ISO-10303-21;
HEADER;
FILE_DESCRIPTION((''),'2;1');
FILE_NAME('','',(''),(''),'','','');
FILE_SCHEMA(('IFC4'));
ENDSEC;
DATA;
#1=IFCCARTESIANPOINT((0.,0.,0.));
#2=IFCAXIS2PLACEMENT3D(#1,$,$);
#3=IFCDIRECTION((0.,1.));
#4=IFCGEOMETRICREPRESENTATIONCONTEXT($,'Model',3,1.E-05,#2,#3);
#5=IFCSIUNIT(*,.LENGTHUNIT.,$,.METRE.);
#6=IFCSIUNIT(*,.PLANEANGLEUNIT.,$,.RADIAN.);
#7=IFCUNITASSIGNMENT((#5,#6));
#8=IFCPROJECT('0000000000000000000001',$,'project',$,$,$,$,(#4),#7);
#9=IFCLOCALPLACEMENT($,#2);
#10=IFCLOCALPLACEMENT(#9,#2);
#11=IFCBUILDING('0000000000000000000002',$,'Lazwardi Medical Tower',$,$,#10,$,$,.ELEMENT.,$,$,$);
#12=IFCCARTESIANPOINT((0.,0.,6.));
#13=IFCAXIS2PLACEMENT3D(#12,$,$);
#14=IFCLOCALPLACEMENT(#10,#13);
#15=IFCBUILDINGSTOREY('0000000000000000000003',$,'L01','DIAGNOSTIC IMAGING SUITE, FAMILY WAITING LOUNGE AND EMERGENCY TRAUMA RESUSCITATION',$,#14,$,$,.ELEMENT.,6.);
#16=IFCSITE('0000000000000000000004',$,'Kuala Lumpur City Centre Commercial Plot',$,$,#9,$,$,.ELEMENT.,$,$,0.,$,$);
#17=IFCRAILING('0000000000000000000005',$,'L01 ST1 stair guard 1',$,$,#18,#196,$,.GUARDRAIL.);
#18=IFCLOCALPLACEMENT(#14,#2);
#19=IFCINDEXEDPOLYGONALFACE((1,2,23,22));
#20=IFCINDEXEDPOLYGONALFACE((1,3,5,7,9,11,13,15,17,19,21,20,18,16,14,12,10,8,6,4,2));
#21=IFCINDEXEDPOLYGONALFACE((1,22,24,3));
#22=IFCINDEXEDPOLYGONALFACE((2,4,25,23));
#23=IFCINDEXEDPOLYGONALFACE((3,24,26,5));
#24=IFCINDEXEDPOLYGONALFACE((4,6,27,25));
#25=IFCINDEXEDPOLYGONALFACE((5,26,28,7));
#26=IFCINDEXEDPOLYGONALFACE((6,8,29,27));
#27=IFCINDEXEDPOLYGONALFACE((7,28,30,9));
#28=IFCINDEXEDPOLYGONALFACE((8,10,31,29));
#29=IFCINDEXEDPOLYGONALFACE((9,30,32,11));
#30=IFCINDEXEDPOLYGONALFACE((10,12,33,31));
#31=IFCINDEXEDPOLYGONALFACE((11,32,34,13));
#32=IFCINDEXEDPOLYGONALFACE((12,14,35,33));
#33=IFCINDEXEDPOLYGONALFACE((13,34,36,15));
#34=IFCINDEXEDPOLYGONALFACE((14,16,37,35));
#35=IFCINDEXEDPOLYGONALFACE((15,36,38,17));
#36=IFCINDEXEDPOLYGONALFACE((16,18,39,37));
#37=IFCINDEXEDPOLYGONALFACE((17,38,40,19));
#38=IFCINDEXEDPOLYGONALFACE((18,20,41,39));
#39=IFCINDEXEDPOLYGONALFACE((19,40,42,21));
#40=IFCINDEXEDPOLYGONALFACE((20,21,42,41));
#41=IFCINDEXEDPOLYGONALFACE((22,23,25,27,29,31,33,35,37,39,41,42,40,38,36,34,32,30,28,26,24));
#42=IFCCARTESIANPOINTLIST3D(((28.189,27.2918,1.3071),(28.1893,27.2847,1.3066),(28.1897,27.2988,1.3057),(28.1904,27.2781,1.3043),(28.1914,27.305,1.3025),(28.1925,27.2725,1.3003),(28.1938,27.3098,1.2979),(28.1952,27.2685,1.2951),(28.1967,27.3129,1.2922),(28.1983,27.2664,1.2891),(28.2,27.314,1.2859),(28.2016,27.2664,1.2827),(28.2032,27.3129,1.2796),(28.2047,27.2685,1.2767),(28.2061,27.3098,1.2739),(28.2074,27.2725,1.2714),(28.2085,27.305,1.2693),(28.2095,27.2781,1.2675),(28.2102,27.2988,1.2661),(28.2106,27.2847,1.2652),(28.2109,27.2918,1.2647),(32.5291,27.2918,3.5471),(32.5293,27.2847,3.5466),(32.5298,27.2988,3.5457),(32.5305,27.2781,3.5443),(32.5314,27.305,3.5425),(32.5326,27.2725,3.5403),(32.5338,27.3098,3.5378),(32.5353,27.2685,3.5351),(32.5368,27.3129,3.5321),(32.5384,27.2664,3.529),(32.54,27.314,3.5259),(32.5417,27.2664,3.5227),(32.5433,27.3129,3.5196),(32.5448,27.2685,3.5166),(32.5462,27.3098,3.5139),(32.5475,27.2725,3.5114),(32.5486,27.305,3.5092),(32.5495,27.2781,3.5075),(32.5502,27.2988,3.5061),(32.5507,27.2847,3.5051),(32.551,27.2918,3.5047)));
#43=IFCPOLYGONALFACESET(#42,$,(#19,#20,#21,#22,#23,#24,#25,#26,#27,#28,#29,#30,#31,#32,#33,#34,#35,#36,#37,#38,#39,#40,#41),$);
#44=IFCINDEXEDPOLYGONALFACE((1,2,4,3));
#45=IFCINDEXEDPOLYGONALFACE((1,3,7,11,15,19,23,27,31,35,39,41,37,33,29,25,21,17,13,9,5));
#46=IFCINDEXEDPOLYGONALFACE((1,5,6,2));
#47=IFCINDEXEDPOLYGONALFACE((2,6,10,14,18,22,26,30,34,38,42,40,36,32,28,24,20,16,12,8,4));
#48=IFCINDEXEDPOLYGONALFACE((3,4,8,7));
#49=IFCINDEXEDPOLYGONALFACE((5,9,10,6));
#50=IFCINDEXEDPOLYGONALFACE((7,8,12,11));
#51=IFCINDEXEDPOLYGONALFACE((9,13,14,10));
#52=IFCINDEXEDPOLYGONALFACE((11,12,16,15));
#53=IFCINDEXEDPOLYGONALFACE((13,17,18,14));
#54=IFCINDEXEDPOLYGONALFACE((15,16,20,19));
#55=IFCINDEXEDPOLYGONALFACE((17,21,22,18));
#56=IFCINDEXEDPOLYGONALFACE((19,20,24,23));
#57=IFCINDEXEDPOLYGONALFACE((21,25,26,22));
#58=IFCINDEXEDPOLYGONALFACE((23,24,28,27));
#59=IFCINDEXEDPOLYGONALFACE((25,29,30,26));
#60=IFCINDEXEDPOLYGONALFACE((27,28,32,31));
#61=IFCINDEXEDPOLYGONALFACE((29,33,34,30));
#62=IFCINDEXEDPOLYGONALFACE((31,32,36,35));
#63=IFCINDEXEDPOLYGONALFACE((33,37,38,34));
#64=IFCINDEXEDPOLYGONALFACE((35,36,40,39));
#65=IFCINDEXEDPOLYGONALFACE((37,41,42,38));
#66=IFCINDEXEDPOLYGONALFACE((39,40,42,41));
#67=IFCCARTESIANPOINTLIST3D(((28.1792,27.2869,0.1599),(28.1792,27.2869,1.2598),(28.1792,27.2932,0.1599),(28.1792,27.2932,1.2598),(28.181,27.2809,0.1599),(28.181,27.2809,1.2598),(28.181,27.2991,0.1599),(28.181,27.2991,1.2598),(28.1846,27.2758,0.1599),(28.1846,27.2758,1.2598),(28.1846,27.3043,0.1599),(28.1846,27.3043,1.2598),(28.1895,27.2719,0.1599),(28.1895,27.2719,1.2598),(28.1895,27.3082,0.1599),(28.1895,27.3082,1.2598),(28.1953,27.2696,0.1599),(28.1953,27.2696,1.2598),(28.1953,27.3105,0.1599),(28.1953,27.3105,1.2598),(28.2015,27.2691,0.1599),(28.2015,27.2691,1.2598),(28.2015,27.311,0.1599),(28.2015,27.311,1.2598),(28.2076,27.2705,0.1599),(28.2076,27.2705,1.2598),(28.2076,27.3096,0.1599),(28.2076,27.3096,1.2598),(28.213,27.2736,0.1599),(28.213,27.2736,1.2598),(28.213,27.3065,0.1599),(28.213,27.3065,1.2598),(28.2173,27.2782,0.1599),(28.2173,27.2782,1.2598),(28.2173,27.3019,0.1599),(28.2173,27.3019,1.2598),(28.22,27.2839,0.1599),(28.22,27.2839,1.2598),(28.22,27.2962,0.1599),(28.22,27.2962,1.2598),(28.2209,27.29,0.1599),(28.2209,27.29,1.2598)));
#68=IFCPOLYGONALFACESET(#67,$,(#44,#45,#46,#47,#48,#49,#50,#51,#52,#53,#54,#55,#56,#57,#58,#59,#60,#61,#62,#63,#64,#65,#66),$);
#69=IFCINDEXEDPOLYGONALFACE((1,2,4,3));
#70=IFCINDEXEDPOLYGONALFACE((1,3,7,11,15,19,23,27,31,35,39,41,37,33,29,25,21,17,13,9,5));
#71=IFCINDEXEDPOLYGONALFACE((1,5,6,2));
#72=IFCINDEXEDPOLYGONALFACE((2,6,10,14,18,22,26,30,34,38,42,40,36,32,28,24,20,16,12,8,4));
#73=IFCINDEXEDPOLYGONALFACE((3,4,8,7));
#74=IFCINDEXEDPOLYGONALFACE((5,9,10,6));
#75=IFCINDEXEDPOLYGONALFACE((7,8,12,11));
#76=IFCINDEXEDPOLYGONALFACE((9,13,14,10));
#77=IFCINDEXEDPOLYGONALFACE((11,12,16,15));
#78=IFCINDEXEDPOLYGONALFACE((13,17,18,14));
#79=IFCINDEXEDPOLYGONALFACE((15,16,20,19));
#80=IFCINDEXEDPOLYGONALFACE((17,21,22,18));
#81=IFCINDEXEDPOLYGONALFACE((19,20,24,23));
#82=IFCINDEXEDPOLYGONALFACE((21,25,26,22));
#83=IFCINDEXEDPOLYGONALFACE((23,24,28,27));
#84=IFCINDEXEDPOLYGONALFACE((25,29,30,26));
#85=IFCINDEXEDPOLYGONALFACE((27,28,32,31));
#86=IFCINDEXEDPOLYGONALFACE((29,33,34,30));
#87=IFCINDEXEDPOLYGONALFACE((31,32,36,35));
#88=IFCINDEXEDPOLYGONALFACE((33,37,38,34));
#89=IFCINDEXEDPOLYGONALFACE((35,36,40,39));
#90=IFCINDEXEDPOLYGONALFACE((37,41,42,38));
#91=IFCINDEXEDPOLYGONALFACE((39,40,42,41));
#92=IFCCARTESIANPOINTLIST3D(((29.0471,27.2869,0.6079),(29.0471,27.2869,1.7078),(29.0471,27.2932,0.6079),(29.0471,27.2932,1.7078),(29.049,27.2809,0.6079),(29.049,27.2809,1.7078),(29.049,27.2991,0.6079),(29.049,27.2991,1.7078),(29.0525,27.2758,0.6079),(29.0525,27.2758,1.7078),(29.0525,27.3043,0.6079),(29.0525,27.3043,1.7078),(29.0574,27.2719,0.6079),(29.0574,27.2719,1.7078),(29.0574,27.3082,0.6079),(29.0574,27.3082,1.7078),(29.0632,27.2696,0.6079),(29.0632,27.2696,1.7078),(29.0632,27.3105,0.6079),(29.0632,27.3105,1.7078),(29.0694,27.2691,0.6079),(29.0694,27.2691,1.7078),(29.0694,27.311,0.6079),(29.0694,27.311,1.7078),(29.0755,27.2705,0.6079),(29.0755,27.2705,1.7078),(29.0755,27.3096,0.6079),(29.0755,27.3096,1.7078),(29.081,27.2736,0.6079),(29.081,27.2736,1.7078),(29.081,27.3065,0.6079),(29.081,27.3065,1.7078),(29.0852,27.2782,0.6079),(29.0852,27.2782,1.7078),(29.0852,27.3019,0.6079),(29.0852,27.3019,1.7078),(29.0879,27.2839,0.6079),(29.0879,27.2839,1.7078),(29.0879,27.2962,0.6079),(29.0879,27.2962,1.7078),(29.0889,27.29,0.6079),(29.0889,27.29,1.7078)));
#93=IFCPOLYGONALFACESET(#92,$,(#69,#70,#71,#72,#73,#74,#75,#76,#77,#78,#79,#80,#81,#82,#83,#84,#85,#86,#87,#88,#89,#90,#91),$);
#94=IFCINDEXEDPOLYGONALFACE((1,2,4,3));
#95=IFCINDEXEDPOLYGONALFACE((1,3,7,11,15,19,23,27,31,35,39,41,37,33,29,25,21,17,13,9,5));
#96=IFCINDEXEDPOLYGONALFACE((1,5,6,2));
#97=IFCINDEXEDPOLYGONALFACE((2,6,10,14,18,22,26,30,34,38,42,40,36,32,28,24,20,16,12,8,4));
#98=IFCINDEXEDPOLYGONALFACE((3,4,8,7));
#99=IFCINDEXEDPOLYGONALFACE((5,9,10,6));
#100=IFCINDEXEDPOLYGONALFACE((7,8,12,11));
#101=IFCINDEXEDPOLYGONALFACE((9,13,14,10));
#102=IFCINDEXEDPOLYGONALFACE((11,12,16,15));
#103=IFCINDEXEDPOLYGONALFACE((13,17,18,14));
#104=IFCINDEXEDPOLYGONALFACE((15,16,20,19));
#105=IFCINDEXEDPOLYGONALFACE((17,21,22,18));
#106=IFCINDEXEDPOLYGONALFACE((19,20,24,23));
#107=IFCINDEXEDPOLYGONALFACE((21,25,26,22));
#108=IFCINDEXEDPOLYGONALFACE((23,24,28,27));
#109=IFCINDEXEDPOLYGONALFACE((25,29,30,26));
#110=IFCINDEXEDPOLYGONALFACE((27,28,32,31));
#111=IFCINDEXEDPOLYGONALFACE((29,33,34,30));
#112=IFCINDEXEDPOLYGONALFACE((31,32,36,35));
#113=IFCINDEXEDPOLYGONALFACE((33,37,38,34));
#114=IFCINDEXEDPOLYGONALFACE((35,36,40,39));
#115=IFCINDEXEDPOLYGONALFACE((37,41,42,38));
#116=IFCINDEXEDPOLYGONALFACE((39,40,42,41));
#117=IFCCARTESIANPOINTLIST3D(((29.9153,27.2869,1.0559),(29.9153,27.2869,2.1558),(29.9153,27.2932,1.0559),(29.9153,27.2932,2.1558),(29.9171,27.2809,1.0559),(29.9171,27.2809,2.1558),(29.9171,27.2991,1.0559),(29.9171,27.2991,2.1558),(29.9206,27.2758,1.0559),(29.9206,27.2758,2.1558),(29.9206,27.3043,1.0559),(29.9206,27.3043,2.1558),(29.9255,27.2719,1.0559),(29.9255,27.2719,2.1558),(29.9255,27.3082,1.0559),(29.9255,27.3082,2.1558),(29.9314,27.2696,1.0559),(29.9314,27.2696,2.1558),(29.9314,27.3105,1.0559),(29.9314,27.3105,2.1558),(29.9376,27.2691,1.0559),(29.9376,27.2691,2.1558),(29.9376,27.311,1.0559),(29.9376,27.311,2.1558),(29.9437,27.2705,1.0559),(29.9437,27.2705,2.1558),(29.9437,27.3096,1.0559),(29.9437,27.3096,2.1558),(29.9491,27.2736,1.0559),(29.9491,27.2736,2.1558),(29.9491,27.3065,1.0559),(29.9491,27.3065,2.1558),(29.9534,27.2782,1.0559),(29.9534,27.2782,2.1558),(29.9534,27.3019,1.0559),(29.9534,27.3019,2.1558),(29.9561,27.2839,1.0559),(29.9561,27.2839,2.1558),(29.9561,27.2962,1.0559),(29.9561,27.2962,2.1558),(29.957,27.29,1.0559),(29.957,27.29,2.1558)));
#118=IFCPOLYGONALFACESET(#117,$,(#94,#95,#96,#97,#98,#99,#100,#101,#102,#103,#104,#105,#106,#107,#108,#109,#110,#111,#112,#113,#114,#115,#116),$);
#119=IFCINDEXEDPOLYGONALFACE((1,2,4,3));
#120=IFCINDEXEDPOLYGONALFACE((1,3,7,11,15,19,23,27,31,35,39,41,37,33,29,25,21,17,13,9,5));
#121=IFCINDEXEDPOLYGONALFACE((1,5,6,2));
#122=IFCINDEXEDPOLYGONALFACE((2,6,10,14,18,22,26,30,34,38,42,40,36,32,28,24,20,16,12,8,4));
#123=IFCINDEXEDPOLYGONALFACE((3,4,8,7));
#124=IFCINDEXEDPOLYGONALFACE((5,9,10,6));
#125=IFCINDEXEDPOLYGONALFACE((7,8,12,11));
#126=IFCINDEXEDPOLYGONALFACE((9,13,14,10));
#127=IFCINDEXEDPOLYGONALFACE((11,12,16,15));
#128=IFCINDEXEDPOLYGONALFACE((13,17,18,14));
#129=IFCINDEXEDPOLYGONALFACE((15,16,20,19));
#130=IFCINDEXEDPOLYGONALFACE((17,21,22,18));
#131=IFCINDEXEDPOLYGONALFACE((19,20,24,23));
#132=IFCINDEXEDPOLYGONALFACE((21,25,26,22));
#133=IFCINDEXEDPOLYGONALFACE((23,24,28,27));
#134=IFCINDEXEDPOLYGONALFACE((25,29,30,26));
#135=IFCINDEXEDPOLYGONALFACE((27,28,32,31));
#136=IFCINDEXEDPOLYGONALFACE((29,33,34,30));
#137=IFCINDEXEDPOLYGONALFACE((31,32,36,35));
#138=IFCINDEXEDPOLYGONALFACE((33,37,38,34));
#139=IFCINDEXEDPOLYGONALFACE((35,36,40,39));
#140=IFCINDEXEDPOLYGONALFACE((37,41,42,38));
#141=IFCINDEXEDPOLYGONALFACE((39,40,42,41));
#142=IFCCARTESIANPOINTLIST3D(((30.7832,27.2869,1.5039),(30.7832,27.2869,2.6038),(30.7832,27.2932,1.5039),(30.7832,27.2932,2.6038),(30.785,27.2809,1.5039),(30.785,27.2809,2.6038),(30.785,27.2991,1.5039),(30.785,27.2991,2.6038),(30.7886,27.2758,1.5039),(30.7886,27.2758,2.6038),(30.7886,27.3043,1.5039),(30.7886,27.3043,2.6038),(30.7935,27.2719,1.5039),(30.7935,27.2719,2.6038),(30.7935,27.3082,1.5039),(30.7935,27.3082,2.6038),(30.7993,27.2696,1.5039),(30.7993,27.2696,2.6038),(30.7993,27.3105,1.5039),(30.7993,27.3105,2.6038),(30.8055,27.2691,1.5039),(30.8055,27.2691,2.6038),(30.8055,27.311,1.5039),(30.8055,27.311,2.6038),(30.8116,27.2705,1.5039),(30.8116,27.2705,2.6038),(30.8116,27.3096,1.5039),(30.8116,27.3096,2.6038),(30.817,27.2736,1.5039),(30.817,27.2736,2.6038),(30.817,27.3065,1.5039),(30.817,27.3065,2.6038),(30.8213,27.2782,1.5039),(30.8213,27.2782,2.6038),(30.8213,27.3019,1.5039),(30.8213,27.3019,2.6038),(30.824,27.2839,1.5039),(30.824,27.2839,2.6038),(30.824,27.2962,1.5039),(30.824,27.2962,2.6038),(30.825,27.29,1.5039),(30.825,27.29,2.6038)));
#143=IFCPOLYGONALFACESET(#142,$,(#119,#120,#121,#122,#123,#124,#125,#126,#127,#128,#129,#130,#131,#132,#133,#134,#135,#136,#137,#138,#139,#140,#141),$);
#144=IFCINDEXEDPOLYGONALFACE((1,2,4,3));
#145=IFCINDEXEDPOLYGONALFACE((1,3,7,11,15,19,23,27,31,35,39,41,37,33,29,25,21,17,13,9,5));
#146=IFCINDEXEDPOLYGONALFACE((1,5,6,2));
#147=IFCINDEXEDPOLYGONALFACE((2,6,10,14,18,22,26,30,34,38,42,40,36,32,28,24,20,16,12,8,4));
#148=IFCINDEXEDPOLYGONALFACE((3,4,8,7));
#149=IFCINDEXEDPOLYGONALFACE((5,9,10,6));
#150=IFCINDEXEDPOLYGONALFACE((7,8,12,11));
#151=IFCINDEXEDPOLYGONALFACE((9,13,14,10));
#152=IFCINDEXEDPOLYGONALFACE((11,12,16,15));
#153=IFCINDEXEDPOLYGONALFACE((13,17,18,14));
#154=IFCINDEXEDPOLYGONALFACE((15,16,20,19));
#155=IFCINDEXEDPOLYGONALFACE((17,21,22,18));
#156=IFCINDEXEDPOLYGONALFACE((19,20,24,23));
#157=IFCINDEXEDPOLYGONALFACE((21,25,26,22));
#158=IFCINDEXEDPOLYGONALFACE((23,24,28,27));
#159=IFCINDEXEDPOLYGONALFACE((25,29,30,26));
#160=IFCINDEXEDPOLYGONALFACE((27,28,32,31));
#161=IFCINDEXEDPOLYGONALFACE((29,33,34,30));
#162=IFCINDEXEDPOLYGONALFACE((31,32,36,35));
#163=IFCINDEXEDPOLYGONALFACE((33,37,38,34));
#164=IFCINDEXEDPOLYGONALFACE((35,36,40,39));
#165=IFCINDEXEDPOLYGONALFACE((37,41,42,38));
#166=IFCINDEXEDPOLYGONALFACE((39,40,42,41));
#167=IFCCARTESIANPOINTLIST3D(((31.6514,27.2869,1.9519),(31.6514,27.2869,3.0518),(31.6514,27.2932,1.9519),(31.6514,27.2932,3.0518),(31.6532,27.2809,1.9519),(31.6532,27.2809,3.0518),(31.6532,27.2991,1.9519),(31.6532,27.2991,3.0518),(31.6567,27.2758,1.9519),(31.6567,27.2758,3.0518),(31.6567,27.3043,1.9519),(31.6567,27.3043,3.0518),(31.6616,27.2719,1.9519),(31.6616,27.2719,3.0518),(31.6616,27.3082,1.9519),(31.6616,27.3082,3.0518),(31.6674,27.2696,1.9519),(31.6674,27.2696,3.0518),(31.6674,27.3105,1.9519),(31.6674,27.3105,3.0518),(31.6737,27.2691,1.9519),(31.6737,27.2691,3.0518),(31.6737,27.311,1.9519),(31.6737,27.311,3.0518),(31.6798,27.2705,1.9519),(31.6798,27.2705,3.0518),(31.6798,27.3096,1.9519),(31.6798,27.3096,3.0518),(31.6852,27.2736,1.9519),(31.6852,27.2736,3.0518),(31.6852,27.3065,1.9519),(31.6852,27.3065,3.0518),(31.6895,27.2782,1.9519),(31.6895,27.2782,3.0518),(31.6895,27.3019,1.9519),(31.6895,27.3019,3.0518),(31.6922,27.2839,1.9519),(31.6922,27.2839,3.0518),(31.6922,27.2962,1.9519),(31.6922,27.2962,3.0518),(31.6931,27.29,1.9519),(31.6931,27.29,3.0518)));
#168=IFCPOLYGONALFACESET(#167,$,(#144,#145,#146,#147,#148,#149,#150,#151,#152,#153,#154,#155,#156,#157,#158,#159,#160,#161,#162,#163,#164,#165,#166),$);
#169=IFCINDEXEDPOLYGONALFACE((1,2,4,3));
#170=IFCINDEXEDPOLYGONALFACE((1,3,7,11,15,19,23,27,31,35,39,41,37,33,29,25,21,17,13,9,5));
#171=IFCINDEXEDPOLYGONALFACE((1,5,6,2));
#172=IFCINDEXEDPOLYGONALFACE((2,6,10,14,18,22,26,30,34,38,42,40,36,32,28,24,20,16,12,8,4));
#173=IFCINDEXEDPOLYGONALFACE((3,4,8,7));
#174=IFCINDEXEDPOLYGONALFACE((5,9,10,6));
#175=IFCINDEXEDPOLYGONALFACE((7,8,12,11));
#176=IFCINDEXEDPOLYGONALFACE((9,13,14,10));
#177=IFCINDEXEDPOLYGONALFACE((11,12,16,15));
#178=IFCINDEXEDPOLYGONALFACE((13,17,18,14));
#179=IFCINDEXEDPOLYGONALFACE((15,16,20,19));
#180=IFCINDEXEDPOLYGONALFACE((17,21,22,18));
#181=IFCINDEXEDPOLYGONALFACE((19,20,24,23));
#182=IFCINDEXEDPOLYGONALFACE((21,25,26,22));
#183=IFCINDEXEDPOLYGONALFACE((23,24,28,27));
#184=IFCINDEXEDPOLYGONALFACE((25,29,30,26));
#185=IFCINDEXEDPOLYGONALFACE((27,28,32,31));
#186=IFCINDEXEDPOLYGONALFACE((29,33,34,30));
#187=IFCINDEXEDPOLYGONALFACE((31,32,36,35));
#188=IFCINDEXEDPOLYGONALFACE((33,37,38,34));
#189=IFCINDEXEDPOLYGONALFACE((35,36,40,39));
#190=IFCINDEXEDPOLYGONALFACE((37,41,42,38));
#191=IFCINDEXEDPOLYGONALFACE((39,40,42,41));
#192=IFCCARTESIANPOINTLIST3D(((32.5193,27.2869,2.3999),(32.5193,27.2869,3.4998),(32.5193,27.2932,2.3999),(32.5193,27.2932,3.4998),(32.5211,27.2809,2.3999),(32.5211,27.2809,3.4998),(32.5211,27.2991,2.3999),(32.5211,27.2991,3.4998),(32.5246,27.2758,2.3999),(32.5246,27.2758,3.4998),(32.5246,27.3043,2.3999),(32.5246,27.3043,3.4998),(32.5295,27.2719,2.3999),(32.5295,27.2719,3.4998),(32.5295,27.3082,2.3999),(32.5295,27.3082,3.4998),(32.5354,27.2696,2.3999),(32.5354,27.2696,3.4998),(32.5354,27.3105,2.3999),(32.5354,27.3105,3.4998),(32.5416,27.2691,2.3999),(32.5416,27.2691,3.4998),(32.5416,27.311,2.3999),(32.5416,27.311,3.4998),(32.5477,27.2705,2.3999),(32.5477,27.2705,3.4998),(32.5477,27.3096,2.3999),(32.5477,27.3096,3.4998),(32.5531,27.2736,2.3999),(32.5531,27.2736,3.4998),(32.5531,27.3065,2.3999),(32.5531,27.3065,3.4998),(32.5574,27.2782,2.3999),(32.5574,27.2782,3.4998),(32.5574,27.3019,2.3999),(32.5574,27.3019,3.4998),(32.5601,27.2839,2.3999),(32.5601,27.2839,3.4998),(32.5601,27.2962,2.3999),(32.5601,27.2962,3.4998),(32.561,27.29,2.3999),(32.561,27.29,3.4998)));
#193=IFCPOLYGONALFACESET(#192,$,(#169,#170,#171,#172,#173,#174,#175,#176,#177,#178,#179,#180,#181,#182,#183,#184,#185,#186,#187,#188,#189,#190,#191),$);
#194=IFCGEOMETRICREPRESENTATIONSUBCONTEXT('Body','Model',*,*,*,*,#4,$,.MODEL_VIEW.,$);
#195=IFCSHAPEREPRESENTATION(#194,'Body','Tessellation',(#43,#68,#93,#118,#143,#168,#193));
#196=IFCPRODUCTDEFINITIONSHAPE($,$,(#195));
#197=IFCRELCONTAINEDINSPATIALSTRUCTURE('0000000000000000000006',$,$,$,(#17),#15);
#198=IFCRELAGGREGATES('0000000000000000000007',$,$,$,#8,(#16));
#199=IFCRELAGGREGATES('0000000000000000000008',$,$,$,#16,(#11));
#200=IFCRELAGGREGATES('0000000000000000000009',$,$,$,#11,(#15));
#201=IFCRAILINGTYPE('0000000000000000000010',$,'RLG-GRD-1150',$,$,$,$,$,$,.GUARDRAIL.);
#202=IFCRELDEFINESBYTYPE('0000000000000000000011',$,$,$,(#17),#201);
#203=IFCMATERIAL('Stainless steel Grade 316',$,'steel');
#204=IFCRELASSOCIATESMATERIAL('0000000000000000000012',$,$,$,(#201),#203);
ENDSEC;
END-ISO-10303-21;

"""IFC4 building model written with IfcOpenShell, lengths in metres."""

from ifc_helpers import new_model, si_unit, direction, frame, origin, origin_2d, place, context, subcontext, project, spatial, circle, extrude, material, type_object, element, save


model = new_model("IFC4")

# Units and contexts
model_context = context("Model", 3, precision=1e-05, world=origin(), true_north=direction((0.0, 1.0)))
body_context = subcontext(model_context, "Body", "Model", "MODEL_VIEW")
ifc_project = project(units=[si_unit("LENGTHUNIT", "METRE"), si_unit("PLANEANGLEUNIT", "RADIAN")], contexts=[model_context])

# Site, building, storey
site_placement = place(None, origin())
site = spatial("IfcSite", under=ifc_project, at=site_placement, Name="Kuala Lumpur City Centre Commercial Plot", CompositionType="ELEMENT", RefElevation=0.0)
building_placement = place(site_placement, origin())
building = spatial("IfcBuilding", under=site, at=building_placement, Name="Lazwardi Medical Tower", CompositionType="ELEMENT")
storey_placement = place(building_placement, frame((0.0, 0.0, 6.0)))
storey = spatial("IfcBuildingStorey", under=building, at=storey_placement, Name="L01", Description="DIAGNOSTIC IMAGING SUITE, FAMILY WAITING LOUNGE AND EMERGENCY TRAUMA RESUSCITATION", CompositionType="ELEMENT", Elevation=6.0)

# Railing
ifc_material_1 = material(Name="Stainless steel Grade 316", Category="steel")
railing_type_1 = type_object("IfcRailingType", Name="RLG-GRD-1150", PredefinedType="GUARDRAIL", material=ifc_material_1)
railing_1_placement = place(storey_placement, frame((28.2, 27.29, 0.1599)))
element("IfcRailing", 1, at=railing_1_placement, inside=storey, type_object=railing_type_1, Name="L01 ST1 stair guard 1", PredefinedType="GUARDRAIL", context=body_context, shape_type="SweptSolid", body=[
    extrude(circle(Radius=0.0239, at=origin_2d()), frame((0.0, 0.0, 1.126), z_axis=(0.888625, 0.0, 0.458634), x_axis=(0.0, 1.0, 0.0)), (0.0, 0.0, 1.0), 4.884),
    extrude(circle(Radius=0.021, at=origin_2d()), origin(), (0.0, 0.0, 1.0), 1.0999),
    extrude(circle(Radius=0.021, at=origin_2d()), frame((0.8679, 0.0, 0.448)), (0.0, 0.0, 1.0), 1.0999),
    extrude(circle(Radius=0.021, at=origin_2d()), frame((1.7361, 0.0, 0.896)), (0.0, 0.0, 1.0), 1.0999),
    extrude(circle(Radius=0.021, at=origin_2d()), frame((2.604, 0.0, 1.344)), (0.0, 0.0, 1.0), 1.0999),
    extrude(circle(Radius=0.021, at=origin_2d()), frame((3.4722, 0.0, 1.792)), (0.0, 0.0, 1.0), 1.0999),
    extrude(circle(Radius=0.021, at=origin_2d()), frame((4.3401, 0.0, 2.24)), (0.0, 0.0, 1.0), 1.0999),
])

save(model, "model.ifc")
